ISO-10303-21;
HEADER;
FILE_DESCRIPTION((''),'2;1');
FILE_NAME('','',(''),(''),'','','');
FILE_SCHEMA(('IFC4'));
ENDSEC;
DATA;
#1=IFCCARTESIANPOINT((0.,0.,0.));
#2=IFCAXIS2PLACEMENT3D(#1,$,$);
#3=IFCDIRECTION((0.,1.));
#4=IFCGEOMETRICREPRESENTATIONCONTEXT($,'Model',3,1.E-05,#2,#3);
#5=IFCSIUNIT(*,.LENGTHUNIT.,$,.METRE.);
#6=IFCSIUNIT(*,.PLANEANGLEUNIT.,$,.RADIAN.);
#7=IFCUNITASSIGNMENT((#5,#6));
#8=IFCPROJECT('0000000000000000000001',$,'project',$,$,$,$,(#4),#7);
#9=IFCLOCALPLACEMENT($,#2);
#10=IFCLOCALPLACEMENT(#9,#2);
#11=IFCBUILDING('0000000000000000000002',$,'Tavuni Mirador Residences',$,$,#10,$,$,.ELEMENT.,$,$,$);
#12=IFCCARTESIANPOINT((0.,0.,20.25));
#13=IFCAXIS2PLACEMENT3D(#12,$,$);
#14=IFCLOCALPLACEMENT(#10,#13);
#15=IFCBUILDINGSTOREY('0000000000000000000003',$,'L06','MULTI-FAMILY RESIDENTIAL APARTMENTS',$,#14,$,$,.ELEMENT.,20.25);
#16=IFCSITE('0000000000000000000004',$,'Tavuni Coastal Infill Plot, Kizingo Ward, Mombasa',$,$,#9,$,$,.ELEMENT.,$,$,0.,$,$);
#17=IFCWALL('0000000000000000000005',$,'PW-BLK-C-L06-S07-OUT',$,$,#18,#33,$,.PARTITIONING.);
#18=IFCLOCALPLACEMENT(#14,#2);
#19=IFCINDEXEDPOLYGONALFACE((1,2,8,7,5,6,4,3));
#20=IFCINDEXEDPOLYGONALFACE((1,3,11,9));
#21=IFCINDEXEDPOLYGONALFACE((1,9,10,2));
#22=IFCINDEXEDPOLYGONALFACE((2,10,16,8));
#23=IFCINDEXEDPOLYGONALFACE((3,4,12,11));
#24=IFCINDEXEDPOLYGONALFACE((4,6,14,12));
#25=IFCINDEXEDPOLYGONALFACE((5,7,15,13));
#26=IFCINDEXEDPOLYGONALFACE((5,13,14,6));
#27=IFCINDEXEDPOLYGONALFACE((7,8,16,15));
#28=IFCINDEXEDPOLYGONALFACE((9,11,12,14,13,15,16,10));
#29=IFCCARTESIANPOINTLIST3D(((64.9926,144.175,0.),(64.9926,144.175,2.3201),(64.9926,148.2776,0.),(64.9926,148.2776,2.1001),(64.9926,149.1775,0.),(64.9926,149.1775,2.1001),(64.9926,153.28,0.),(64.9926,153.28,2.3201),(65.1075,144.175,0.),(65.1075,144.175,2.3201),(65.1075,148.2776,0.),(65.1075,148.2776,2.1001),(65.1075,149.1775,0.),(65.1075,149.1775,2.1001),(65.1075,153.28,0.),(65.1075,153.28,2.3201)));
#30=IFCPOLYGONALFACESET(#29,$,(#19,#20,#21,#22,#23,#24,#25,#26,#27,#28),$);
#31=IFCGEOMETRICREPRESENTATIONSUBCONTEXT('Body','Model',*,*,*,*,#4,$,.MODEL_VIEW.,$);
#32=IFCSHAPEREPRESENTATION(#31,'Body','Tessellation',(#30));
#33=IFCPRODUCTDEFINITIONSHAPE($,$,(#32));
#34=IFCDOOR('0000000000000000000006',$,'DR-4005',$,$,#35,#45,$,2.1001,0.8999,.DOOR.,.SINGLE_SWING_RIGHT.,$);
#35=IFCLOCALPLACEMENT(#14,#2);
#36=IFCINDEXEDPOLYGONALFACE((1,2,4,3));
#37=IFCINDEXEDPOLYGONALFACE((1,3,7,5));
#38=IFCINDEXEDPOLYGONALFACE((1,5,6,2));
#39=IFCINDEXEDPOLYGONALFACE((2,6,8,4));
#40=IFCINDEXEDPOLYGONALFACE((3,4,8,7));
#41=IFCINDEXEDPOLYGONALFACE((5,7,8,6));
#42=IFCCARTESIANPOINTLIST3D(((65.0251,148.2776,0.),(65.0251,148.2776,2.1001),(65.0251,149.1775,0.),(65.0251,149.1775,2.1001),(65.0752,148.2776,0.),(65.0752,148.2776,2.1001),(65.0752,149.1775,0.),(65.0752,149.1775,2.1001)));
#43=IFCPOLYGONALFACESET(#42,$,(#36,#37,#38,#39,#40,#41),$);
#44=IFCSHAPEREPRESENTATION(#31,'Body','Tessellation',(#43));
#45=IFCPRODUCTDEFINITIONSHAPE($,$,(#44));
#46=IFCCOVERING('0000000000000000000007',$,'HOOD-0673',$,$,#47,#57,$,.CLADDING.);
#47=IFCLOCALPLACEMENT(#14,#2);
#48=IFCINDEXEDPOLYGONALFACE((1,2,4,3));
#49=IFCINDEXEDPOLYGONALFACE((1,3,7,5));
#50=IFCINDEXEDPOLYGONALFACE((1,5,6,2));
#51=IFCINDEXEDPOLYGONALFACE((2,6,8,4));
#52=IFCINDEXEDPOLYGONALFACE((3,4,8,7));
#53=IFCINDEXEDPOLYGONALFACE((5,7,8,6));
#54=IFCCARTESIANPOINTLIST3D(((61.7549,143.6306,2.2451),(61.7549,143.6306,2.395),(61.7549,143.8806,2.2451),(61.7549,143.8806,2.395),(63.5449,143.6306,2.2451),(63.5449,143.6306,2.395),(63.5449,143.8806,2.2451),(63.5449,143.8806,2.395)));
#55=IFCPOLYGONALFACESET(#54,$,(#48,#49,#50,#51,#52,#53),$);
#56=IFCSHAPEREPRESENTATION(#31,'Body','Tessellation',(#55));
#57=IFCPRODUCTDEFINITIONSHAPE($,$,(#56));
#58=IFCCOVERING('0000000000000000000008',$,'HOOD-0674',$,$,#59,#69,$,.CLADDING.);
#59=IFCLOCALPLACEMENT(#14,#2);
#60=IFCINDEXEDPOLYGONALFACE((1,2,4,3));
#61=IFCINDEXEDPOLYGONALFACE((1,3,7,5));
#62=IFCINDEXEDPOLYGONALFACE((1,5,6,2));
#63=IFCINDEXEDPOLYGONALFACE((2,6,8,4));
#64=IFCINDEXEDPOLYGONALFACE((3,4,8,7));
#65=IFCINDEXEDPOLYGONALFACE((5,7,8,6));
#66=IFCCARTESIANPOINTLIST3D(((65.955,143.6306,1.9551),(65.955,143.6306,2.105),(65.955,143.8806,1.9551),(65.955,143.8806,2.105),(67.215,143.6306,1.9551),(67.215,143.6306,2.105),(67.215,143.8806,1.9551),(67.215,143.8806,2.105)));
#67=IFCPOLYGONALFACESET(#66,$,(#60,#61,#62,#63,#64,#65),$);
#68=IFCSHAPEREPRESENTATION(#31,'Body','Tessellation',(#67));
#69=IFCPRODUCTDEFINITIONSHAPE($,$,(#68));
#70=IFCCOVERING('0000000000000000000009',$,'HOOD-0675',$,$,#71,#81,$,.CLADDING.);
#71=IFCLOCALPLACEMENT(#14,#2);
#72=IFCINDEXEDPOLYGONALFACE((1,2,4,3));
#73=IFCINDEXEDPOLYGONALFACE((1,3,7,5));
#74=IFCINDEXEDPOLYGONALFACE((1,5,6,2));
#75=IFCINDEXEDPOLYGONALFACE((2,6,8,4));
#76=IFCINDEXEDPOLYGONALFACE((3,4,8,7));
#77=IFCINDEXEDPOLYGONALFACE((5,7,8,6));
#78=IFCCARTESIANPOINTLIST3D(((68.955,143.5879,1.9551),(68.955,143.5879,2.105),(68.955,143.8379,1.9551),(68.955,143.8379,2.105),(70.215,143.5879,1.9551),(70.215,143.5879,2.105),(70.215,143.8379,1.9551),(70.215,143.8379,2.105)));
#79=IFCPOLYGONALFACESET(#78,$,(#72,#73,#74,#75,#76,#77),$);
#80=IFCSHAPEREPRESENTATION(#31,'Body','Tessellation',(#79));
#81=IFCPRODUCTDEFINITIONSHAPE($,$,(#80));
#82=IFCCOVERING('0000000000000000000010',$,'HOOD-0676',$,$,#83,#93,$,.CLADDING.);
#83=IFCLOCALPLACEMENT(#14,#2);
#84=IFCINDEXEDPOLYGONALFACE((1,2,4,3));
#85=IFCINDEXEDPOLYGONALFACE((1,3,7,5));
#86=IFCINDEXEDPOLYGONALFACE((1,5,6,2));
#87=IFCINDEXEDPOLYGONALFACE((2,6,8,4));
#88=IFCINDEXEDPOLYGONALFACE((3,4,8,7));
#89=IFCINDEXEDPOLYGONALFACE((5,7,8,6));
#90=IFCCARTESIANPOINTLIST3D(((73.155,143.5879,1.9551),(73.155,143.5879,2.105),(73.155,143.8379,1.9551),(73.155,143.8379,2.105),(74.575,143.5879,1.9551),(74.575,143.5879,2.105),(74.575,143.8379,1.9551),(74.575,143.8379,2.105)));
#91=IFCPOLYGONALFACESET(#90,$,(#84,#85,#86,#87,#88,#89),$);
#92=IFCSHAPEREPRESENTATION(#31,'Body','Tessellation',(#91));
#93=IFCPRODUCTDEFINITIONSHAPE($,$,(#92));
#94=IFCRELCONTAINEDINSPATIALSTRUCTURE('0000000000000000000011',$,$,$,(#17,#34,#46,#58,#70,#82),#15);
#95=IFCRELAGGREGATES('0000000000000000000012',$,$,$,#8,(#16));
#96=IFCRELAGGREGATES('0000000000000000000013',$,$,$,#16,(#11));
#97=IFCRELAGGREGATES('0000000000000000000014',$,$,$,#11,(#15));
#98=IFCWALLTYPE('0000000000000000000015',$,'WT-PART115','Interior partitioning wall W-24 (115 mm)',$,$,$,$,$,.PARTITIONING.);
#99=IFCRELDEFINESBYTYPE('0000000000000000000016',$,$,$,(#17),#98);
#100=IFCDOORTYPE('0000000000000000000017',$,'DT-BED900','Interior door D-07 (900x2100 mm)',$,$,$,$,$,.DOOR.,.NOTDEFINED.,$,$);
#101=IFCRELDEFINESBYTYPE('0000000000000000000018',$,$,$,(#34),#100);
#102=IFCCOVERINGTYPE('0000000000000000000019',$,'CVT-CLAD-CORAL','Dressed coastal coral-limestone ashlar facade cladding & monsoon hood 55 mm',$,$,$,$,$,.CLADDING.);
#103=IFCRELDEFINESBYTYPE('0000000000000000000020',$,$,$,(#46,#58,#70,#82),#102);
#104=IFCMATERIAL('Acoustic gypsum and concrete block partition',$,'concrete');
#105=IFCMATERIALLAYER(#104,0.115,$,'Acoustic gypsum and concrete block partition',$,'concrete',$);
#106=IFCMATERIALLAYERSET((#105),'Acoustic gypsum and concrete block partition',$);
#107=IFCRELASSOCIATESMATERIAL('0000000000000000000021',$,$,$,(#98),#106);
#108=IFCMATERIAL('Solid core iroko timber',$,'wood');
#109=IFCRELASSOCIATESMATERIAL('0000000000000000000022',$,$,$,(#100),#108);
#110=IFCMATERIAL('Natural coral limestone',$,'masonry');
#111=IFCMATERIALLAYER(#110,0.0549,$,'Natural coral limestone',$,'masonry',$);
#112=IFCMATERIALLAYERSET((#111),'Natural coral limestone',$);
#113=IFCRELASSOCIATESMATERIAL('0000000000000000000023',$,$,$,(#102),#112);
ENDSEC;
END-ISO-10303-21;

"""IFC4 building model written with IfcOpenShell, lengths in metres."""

from ifc_helpers import new_model, si_unit, direction, frame, frame_2d, origin, origin_2d, place, context, subcontext, project, spatial, rectangle, extrude, material, layer, layer_set, type_object, element, fill, save


model = new_model("IFC4")

# Units and contexts
model_context = context("Model", 3, precision=1e-05, world=origin(), true_north=direction((0.0, 1.0)))
body_context = subcontext(model_context, "Body", "Model", "MODEL_VIEW")
ifc_project = project(units=[si_unit("LENGTHUNIT", "METRE"), si_unit("PLANEANGLEUNIT", "RADIAN")], contexts=[model_context])

# Site, building, storey
site_placement = place(None, origin())
site = spatial("IfcSite", under=ifc_project, at=site_placement, Name="Tavuni Coastal Infill Plot, Kizingo Ward, Mombasa", CompositionType="ELEMENT", RefElevation=0.0)
building_placement = place(site_placement, origin())
building = spatial("IfcBuilding", under=site, at=building_placement, Name="Tavuni Mirador Residences", CompositionType="ELEMENT")
storey_placement = place(building_placement, frame((0.0, 0.0, 20.25)))
storey = spatial("IfcBuildingStorey", under=building, at=storey_placement, Name="L06", Description="MULTI-FAMILY RESIDENTIAL APARTMENTS", CompositionType="ELEMENT", Elevation=20.25)

# Wall, opening, door
ifc_material_1 = material(Name="Acoustic gypsum and concrete block partition", Category="concrete")
ifc_layer_1 = layer(ifc_material_1, 0.115, Name="Acoustic gypsum and concrete block partition", Category="concrete")
ifc_layer_set_1 = layer_set([ifc_layer_1], Name="Acoustic gypsum and concrete block partition")
wall_type_1 = type_object("IfcWallType", Name="WT-PART115", Description="Interior partitioning wall W-24 (115 mm)", PredefinedType="PARTITIONING", material=ifc_layer_set_1)
wall_1_placement = place(storey_placement, frame((65.05, 144.175, 0.0), z_axis=(0.0, 0.0, 1.0), x_axis=(0.0, 1.0, 0.0)))
wall_1 = element("IfcWall", 1, at=wall_1_placement, inside=storey, type_object=wall_type_1, Name="PW-BLK-C-L06-S07-OUT", PredefinedType="PARTITIONING", context=body_context, shape_type="SweptSolid", body=[
    extrude(rectangle(XDim=9.105, YDim=0.115, at=frame_2d((4.5525, 0.0))), origin(), (0.0, 0.0, 1.0), 2.3201),
])
opening_1_placement = place(wall_1_placement, frame((4.1025, 0.0, 0.0)))
opening_1 = element("IfcOpeningElement", 2, at=opening_1_placement, cuts=wall_1, PredefinedType="OPENING", context=body_context, shape_type="SweptSolid", body=[
    extrude(rectangle(XDim=0.8999, YDim=2.1001, at=frame_2d((0.45, 1.05))), frame((0.0, 0.0674, 0.0), z_axis=(0.0, -1.0, 0.0), x_axis=(1.0, 0.0, 0.0)), (0.0, 0.0, 1.0), 0.135),
])
ifc_material_2 = material(Name="Solid core iroko timber", Category="wood")
door_type = type_object("IfcDoorType", Name="DT-BED900", Description="Interior door D-07 (900x2100 mm)", OperationType="NOTDEFINED", PredefinedType="DOOR", material=ifc_material_2)
door_placement = place(opening_1_placement, origin())
door = element("IfcDoor", 3, at=door_placement, inside=storey, type_object=door_type, Name="DR-4005", OperationType="SINGLE_SWING_RIGHT", OverallHeight=2.1001, OverallWidth=0.8999, PredefinedType="DOOR", context=body_context, shape_type="SweptSolid", body=[
    extrude(rectangle(XDim=0.8999, YDim=2.1001, at=frame_2d((0.45, 1.05))), frame((0.0, 0.0249, 0.0), z_axis=(0.0, -1.0, 0.0), x_axis=(1.0, 0.0, 0.0)), (0.0, 0.0, 1.0), 0.05),
])
fill(opening_1, door)

# Coverings
ifc_material_3 = material(Name="Natural coral limestone", Category="masonry")
ifc_layer_2 = layer(ifc_material_3, 0.0549, Name="Natural coral limestone", Category="masonry")
ifc_layer_set_2 = layer_set([ifc_layer_2], Name="Natural coral limestone")
covering_type = type_object("IfcCoveringType", Name="CVT-CLAD-CORAL", Description="Dressed coastal coral-limestone ashlar facade cladding & monsoon hood 55 mm", PredefinedType="CLADDING", material=ifc_layer_set_2)
covering_1_placement = place(storey_placement, frame((62.6499, 143.7556, 2.2451), z_axis=(0.0, 0.0, 1.0), x_axis=(1.0, 0.0, 0.0)))
element("IfcCovering", 4, at=covering_1_placement, inside=storey, type_object=covering_type, Name="HOOD-0673", PredefinedType="CLADDING", context=body_context, shape_type="SweptSolid", body=[
    extrude(rectangle(XDim=1.79, YDim=0.25, at=origin_2d()), origin(), (0.0, 0.0, 1.0), 0.1499),
])
for number, where, z_axis, x_axis, name in (
    (5, (66.585, 143.7556, 1.9551), (0.0, 0.0, 1.0), (1.0, 0.0, 0.0), "HOOD-0674"),
    (6, (69.585, 143.7129, 1.9551), (0.0, 0.0, 1.0), (1.0, 0.0, 0.0), "HOOD-0675"),
):
    element("IfcCovering", number, at=place(storey_placement, frame(where, z_axis=z_axis, x_axis=x_axis)), inside=storey, type_object=covering_type, Name=name, PredefinedType="CLADDING", context=body_context, shape_type="SweptSolid", body=[
        extrude(rectangle(XDim=1.26, YDim=0.25, at=origin_2d()), origin(), (0.0, 0.0, 1.0), 0.1499),
    ])
covering_2_placement = place(storey_placement, frame((73.865, 143.7129, 1.9551), z_axis=(0.0, 0.0, 1.0), x_axis=(1.0, 0.0, 0.0)))
element("IfcCovering", 7, at=covering_2_placement, inside=storey, type_object=covering_type, Name="HOOD-0676", PredefinedType="CLADDING", context=body_context, shape_type="SweptSolid", body=[
    extrude(rectangle(XDim=1.4199, YDim=0.25, at=origin_2d()), origin(), (0.0, 0.0, 1.0), 0.1499),
])

save(model, "model.ifc")
